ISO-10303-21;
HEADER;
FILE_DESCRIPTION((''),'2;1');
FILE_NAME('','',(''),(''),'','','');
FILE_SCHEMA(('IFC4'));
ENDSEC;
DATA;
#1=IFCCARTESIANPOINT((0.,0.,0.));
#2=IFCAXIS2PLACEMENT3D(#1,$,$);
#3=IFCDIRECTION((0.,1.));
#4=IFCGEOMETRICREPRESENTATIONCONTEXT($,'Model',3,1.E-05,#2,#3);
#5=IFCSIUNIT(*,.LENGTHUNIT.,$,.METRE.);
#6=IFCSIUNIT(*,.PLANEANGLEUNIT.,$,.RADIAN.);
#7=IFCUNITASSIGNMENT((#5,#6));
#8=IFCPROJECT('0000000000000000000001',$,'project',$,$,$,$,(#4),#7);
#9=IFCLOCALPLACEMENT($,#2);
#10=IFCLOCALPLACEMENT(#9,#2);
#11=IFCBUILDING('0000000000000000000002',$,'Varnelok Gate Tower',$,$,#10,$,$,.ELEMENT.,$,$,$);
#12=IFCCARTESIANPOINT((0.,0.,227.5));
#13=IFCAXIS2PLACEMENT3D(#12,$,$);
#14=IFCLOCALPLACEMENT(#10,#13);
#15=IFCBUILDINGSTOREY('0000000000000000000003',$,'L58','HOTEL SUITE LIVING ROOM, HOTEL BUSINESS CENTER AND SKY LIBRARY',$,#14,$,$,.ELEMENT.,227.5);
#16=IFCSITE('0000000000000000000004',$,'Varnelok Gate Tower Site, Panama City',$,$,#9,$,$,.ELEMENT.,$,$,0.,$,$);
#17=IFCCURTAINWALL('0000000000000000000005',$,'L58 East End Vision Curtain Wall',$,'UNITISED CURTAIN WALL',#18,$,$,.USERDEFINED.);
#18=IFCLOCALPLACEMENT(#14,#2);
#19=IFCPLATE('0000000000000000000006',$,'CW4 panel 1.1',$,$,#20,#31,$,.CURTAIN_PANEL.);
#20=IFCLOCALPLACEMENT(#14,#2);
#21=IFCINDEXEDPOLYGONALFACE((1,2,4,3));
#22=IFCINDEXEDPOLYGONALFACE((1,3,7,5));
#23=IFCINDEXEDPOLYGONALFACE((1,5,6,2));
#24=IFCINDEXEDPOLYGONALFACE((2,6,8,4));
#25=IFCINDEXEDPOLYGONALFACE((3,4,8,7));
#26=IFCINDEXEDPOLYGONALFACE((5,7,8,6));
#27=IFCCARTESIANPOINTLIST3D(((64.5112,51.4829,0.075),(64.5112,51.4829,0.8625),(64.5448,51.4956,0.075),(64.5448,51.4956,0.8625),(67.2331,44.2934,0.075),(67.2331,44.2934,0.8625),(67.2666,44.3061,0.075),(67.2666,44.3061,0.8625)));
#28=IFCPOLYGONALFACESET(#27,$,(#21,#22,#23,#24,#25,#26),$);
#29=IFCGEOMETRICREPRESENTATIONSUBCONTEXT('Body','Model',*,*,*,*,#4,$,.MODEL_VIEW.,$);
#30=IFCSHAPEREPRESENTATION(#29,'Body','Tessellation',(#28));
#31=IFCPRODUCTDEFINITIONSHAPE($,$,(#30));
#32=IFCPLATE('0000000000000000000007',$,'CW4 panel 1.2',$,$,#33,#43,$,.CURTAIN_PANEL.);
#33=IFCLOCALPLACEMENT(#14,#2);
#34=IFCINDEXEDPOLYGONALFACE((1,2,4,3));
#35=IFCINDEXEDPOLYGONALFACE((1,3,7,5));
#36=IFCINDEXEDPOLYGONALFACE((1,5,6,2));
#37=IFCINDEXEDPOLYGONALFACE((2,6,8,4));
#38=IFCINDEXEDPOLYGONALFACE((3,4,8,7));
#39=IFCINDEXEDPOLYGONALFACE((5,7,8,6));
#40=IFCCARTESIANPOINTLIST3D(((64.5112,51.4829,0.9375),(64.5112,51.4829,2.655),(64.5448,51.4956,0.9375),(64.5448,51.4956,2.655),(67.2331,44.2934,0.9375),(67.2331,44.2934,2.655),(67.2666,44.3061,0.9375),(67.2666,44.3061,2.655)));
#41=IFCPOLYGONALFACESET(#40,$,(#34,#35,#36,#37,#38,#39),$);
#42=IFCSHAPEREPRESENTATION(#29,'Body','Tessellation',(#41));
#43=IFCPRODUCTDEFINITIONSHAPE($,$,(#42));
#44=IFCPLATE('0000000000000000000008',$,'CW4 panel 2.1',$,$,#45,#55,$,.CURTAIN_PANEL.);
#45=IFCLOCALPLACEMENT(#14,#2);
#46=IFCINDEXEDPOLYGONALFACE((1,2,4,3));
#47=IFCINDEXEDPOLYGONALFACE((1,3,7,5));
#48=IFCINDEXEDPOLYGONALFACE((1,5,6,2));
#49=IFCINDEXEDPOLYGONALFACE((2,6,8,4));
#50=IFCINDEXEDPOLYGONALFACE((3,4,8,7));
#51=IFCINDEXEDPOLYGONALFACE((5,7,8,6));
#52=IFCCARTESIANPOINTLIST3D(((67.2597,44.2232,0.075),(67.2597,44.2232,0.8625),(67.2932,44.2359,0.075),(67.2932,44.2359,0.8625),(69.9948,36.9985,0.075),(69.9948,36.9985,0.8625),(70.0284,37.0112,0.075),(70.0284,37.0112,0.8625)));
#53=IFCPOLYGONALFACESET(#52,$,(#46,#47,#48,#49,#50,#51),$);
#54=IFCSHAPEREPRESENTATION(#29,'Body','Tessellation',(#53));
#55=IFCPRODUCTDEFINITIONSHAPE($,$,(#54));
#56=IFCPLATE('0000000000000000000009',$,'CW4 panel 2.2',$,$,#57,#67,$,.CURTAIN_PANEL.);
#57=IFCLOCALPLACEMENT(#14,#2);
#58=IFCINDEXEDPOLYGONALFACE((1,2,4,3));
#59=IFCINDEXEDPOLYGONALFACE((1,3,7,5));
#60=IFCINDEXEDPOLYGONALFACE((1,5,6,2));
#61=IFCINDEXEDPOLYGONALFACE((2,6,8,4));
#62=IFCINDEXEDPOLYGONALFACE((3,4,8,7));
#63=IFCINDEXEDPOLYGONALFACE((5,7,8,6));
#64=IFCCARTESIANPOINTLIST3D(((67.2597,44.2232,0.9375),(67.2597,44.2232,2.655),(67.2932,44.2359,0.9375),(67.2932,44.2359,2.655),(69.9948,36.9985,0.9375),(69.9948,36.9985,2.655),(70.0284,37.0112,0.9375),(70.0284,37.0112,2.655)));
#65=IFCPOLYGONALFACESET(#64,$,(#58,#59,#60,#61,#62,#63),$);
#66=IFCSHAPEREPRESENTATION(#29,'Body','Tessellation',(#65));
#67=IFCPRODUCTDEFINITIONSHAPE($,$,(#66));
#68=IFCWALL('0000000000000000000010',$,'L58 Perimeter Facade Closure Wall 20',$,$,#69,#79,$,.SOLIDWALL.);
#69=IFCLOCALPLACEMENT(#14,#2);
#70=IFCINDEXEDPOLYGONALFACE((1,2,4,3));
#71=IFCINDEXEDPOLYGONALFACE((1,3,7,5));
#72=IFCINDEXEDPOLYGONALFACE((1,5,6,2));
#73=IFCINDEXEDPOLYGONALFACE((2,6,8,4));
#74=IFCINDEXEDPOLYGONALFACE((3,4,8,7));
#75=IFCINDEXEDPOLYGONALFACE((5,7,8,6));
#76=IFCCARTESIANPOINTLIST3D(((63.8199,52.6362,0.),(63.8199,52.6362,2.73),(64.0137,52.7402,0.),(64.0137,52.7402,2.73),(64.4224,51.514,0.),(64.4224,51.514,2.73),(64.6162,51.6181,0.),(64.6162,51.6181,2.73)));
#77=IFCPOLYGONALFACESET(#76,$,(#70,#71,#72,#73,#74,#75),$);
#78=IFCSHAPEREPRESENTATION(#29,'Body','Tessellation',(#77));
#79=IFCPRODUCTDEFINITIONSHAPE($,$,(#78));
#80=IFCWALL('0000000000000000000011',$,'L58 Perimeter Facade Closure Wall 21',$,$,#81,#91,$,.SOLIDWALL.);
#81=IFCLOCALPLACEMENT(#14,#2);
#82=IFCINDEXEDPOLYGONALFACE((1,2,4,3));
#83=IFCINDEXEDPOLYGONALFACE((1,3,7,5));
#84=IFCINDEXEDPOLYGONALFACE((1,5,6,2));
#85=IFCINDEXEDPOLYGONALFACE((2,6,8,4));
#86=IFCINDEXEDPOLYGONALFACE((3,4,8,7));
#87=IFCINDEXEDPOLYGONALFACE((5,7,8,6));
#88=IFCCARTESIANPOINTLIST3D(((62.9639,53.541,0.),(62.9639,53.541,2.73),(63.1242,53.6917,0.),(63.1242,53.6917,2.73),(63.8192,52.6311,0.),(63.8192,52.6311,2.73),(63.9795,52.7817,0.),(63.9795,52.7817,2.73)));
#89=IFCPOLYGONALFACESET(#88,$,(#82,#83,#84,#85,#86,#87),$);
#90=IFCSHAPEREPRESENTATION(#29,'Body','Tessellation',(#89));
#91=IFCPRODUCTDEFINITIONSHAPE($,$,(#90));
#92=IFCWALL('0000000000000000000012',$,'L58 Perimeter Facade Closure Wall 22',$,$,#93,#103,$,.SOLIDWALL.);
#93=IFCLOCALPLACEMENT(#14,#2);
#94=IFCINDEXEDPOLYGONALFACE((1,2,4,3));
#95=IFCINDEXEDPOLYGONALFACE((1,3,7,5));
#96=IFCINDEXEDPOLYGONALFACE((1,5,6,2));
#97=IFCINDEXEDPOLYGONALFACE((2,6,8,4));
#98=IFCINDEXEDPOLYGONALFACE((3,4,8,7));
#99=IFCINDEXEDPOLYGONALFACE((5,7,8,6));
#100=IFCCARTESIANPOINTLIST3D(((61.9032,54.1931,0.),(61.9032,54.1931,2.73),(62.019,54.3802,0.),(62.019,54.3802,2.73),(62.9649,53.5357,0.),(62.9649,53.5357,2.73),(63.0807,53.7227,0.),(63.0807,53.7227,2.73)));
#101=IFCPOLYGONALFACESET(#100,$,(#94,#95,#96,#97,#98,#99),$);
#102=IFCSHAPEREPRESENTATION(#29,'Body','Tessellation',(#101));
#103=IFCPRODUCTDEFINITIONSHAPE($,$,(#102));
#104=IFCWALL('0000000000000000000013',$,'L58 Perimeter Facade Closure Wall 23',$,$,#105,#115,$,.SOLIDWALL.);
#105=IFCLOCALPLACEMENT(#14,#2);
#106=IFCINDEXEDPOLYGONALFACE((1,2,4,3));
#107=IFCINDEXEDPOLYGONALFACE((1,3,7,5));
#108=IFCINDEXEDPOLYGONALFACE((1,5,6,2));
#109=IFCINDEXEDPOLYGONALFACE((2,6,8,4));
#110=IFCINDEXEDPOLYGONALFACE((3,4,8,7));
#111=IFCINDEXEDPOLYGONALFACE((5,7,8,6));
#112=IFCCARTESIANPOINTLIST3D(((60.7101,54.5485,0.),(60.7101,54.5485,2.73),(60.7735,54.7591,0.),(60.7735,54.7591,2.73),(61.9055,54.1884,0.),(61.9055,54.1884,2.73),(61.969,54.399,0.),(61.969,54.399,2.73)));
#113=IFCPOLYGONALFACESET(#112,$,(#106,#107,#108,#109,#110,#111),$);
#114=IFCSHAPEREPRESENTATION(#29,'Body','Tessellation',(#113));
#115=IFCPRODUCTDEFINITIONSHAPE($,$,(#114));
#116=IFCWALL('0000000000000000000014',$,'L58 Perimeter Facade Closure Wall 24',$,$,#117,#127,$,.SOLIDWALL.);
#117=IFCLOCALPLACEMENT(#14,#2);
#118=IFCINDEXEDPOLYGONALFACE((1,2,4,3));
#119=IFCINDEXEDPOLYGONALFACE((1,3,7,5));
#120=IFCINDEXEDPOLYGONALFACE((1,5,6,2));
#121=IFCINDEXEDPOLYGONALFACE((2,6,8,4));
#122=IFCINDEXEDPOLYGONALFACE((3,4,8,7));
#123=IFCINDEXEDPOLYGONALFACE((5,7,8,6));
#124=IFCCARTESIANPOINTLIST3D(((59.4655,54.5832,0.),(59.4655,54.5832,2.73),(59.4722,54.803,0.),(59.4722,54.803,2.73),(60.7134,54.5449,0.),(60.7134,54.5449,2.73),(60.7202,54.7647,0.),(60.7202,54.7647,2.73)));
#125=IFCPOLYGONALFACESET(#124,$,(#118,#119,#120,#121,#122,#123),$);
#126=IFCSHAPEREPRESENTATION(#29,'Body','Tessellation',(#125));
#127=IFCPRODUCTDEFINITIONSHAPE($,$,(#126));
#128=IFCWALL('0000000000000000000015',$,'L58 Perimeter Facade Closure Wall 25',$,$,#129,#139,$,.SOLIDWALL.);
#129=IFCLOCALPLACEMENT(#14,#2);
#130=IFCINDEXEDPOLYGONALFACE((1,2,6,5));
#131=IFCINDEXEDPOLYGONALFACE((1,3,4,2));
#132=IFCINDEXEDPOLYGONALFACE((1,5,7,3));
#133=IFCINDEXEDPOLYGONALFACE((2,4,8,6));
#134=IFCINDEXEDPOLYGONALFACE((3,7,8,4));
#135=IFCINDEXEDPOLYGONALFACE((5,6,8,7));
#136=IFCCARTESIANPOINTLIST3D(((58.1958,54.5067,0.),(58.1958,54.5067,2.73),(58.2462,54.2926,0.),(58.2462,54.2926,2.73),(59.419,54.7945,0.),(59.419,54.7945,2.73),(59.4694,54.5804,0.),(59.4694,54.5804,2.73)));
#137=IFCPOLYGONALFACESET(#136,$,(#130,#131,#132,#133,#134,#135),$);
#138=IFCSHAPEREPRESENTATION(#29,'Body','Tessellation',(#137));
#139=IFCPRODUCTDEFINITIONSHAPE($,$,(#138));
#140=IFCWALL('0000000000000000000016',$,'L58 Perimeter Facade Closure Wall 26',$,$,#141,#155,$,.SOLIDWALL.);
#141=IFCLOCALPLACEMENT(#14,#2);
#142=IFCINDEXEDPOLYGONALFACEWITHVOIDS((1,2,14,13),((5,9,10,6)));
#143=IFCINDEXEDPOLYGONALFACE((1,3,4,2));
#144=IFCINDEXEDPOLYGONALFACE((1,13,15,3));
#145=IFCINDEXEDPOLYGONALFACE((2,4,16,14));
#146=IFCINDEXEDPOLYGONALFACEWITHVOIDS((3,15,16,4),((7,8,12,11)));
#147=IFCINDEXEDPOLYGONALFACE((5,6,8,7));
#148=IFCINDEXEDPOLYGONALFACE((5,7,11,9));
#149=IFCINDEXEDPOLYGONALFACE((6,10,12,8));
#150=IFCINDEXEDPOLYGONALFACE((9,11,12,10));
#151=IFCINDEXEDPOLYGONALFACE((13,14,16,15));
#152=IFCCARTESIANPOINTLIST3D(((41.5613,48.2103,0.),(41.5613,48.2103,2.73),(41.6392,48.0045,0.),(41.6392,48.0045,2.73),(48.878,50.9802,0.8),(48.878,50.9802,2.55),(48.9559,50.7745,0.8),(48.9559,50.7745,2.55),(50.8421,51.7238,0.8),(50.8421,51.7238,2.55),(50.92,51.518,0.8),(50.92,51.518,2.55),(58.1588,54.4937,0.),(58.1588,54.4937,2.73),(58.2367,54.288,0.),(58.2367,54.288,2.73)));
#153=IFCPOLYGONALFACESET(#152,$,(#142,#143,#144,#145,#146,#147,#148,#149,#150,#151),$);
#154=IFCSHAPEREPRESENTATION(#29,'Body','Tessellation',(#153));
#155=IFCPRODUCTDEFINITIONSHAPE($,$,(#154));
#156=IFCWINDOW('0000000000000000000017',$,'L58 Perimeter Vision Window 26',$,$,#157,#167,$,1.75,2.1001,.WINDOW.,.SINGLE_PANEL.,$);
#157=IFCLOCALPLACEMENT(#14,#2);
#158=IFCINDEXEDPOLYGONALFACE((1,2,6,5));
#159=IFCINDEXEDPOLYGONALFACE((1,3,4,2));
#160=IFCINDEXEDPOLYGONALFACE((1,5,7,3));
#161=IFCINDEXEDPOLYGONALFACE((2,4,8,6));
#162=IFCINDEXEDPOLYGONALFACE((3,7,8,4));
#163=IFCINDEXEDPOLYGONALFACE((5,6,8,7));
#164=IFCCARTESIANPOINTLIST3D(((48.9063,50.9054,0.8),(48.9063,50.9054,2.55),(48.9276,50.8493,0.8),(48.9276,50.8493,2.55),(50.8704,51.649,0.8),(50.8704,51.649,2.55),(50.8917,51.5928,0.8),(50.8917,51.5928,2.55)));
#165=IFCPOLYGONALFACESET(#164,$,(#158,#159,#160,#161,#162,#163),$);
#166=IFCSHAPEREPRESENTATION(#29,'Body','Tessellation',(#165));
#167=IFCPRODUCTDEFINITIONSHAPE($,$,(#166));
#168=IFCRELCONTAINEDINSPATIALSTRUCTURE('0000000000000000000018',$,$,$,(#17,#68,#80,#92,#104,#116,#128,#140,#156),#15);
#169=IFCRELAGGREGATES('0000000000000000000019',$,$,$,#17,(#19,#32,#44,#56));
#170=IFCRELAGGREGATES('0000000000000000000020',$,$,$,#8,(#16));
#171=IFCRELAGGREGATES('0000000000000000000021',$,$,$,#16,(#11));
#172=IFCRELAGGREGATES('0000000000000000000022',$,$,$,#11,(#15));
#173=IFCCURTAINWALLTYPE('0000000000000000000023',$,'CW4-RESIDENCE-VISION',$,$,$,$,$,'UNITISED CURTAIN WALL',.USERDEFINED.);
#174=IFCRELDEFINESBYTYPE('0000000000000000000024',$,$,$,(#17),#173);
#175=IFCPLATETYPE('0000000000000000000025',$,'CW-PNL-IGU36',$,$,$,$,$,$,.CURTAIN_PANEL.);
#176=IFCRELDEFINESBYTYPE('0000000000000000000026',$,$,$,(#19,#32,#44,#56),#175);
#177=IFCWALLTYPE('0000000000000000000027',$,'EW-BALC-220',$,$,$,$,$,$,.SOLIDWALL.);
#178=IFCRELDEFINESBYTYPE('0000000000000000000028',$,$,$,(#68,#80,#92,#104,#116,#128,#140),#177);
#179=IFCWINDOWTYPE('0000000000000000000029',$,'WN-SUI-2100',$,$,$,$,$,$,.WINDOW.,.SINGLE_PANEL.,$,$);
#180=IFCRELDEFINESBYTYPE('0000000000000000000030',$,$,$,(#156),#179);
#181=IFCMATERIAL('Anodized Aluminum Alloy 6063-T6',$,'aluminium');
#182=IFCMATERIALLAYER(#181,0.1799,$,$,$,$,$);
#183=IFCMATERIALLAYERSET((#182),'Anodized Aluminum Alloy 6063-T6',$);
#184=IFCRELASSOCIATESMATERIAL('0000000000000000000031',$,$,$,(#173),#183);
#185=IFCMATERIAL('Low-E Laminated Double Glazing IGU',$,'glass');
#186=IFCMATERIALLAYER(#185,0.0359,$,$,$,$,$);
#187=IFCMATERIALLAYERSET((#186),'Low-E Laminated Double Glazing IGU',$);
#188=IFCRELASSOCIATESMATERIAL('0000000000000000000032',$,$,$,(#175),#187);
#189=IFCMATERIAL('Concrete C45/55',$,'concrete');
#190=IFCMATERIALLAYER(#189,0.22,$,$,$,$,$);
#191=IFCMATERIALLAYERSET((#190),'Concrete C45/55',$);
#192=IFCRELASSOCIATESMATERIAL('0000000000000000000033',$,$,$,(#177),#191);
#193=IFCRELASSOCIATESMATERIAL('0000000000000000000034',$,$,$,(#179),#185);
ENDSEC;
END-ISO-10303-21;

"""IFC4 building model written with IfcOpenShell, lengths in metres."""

from ifc_helpers import new_model, si_unit, direction, frame, frame_2d, origin, origin_2d, place, context, subcontext, project, spatial, rectangle, extrude, source, transform, mapped, material, layer, layer_set, type_object, element, fill, aggregate, save


model = new_model("IFC4")

# Units and contexts
model_context = context("Model", 3, precision=1e-05, world=origin(), true_north=direction((0.0, 1.0)))
body_context = subcontext(model_context, "Body", "Model", "MODEL_VIEW")
ifc_project = project(units=[si_unit("LENGTHUNIT", "METRE"), si_unit("PLANEANGLEUNIT", "RADIAN")], contexts=[model_context])

# Site, building, storey
site_placement = place(None, origin())
site = spatial("IfcSite", under=ifc_project, at=site_placement, Name="Varnelok Gate Tower Site, Panama City", CompositionType="ELEMENT", RefElevation=0.0)
building_placement = place(site_placement, origin())
building = spatial("IfcBuilding", under=site, at=building_placement, Name="Varnelok Gate Tower", CompositionType="ELEMENT")
storey_placement = place(building_placement, frame((0.0, 0.0, 227.5)))
storey = spatial("IfcBuildingStorey", under=building, at=storey_placement, Name="L58", Description="HOTEL SUITE LIVING ROOM, HOTEL BUSINESS CENTER AND SKY LIBRARY", CompositionType="ELEMENT", Elevation=227.5)

# Curtain wall, plates
ifc_material_1 = material(Name="Anodized Aluminum Alloy 6063-T6", Category="aluminium")
ifc_layer_1 = layer(ifc_material_1, 0.1799)
ifc_layer_set_1 = layer_set([ifc_layer_1], Name="Anodized Aluminum Alloy 6063-T6")
curtain_wall_type = type_object("IfcCurtainWallType", Name="CW4-RESIDENCE-VISION", ElementType="UNITISED CURTAIN WALL", PredefinedType="USERDEFINED", material=ifc_layer_set_1)
curtain_wall_placement = place(storey_placement, origin())
curtain_wall = element("IfcCurtainWall", 1, at=curtain_wall_placement, inside=storey, type_object=curtain_wall_type, Name="L58 East End Vision Curtain Wall", ObjectType="UNITISED CURTAIN WALL", PredefinedType="USERDEFINED")
ifc_material_2 = material(Name="Low-E Laminated Double Glazing IGU", Category="glass")
ifc_layer_2 = layer(ifc_material_2, 0.0359)
ifc_layer_set_2 = layer_set([ifc_layer_2], Name="Low-E Laminated Double Glazing IGU")
plate_type = type_object("IfcPlateType", Name="CW-PNL-IGU36", PredefinedType="CURTAIN_PANEL", material=ifc_layer_set_2)
shared_shape_1 = source(origin(), body_context, "Body", "SweptSolid", [
    extrude(rectangle(XDim=7.6875, YDim=0.0359, at=origin_2d()), origin(), (0.0, 0.0, 1.0), 0.7876),
])
plate_1_placement = place(storey_placement, frame((65.8889, 47.8945, 0.075), z_axis=(0.0, 0.0, 1.0), x_axis=(0.354063, -0.935222, 0.0)))
plate_1 = element("IfcPlate", 2, at=plate_1_placement, type_object=plate_type, Name="CW4 panel 1.1", PredefinedType="CURTAIN_PANEL", context=body_context, shape_type="MappedRepresentation", body=[
    mapped(shared_shape_1, transform((0.0, 0.0, 0.0), scale=1.0)),
])
shared_shape_2 = source(origin(), body_context, "Body", "SweptSolid", [
    extrude(rectangle(XDim=7.6875, YDim=0.0359, at=origin_2d()), origin(), (0.0, 0.0, 1.0), 1.7175),
])
plate_2_placement = place(storey_placement, frame((65.8889, 47.8945, 0.9375), z_axis=(0.0, 0.0, 1.0), x_axis=(0.354063, -0.935222, 0.0)))
plate_2 = element("IfcPlate", 3, at=plate_2_placement, type_object=plate_type, Name="CW4 panel 1.2", PredefinedType="CURTAIN_PANEL", context=body_context, shape_type="MappedRepresentation", body=[
    mapped(shared_shape_2, transform((0.0, 0.0, 0.0), scale=1.0)),
])
shared_shape_3 = source(origin(), body_context, "Body", "SweptSolid", [
    extrude(rectangle(XDim=7.7251, YDim=0.0359, at=origin_2d()), origin(), (0.0, 0.0, 1.0), 0.7876),
])
plate_3_placement = place(storey_placement, frame((68.644, 40.6172, 0.075), z_axis=(0.0, 0.0, 1.0), x_axis=(0.354063, -0.935222, 0.0)))
plate_3 = element("IfcPlate", 4, at=plate_3_placement, type_object=plate_type, Name="CW4 panel 2.1", PredefinedType="CURTAIN_PANEL", context=body_context, shape_type="MappedRepresentation", body=[
    mapped(shared_shape_3, transform((0.0, 0.0, 0.0), scale=1.0)),
])
shared_shape_4 = source(origin(), body_context, "Body", "SweptSolid", [
    extrude(rectangle(XDim=7.7251, YDim=0.0359, at=origin_2d()), origin(), (0.0, 0.0, 1.0), 1.7175),
])
plate_4_placement = place(storey_placement, frame((68.644, 40.6172, 0.9375), z_axis=(0.0, 0.0, 1.0), x_axis=(0.354063, -0.935222, 0.0)))
plate_4 = element("IfcPlate", 5, at=plate_4_placement, type_object=plate_type, Name="CW4 panel 2.2", PredefinedType="CURTAIN_PANEL", context=body_context, shape_type="MappedRepresentation", body=[
    mapped(shared_shape_4, transform((0.0, 0.0, 0.0), scale=1.0)),
])
aggregate(curtain_wall, [plate_1, plate_2, plate_3, plate_4])

# Walls
ifc_material_3 = material(Name="Concrete C45/55", Category="concrete")
ifc_layer_3 = layer(ifc_material_3, 0.22)
ifc_layer_set_3 = layer_set([ifc_layer_3], Name="Concrete C45/55")
wall_type = type_object("IfcWallType", Name="EW-BALC-220", PredefinedType="SOLIDWALL", material=ifc_layer_set_3)
wall_1_placement = place(storey_placement, frame((64.5193, 51.5662, 0.0), z_axis=(0.0, 0.0, 1.0), x_axis=(-0.473094, 0.881012, 0.0)))
element("IfcWall", 6, at=wall_1_placement, inside=storey, type_object=wall_type, Name="L58 Perimeter Facade Closure Wall 20", PredefinedType="SOLIDWALL", context=body_context, shape_type="SweptSolid", body=[
    extrude(rectangle(XDim=1.2737, YDim=0.22, at=frame_2d((0.6367, 0.0))), origin(), (0.0, 0.0, 1.0), 2.73),
])
for number, where, z_axis, x_axis, name in (
    (7, (63.8994, 52.7063, 0.0), (0.0, 0.0, 1.0), (-0.684871, 0.728665, 0.0), "L58 Perimeter Facade Closure Wall 21"),
    (8, (63.0229, 53.6292, 0.0), (0.0, 0.0, 1.0), (-0.850198, 0.526462, 0.0), "L58 Perimeter Facade Closure Wall 22"),
):
    element("IfcWall", number, at=place(storey_placement, frame(where, z_axis=z_axis, x_axis=x_axis)), inside=storey, type_object=wall_type, Name=name, PredefinedType="SOLIDWALL", context=body_context, shape_type="SweptSolid", body=[
        extrude(rectangle(XDim=1.2488, YDim=0.22, at=frame_2d((0.6245, 0.0))), origin(), (0.0, 0.0, 1.0), 2.73),
    ])
for number, where, z_axis, x_axis, name in (
    (9, (61.9373, 54.2937, 0.0), (0.0, 0.0, 1.0), (-0.957508, 0.288406, 0.0), "L58 Perimeter Facade Closure Wall 23"),
    (10, (60.7168, 54.6548, 0.0), (0.0, 0.0, 1.0), (-0.999529, 0.030698, 0.0), "L58 Perimeter Facade Closure Wall 24"),
):
    element("IfcWall", number, at=place(storey_placement, frame(where, z_axis=z_axis, x_axis=x_axis)), inside=storey, type_object=wall_type, Name=name, PredefinedType="SOLIDWALL", context=body_context, shape_type="SweptSolid", body=[
        extrude(rectangle(XDim=1.2485, YDim=0.22, at=frame_2d((0.6243, 0.0))), origin(), (0.0, 0.0, 1.0), 2.73),
    ])
wall_2_placement = place(storey_placement, frame((59.4443, 54.6875, 0.0), z_axis=(0.0, 0.0, 1.0), x_axis=(-0.97341, -0.229072, 0.0)))
element("IfcWall", 11, at=wall_2_placement, inside=storey, type_object=wall_type, Name="L58 Perimeter Facade Closure Wall 25", PredefinedType="SOLIDWALL", context=body_context, shape_type="SweptSolid", body=[
    extrude(rectangle(XDim=1.2566, YDim=0.22, at=frame_2d((0.6284, 0.0))), origin(), (0.0, 0.0, 1.0), 2.73),
])

# Wall, opening, window
wall_3_placement = place(storey_placement, frame((58.1978, 54.3909, 0.0), z_axis=(0.0, 0.0, 1.0), x_axis=(-0.935224, -0.354057, 0.0)))
wall_3 = element("IfcWall", 12, at=wall_3_placement, inside=storey, type_object=wall_type, Name="L58 Perimeter Facade Closure Wall 26", PredefinedType="SOLIDWALL", context=body_context, shape_type="SweptSolid", body=[
    extrude(rectangle(XDim=17.7471, YDim=0.22, at=frame_2d((8.8735, 0.0))), origin(), (0.0, 0.0, 1.0), 2.73),
])
opening_placement = place(wall_3_placement, frame((7.8235, 0.0, 0.8)))
opening = element("IfcOpeningElement", 13, at=opening_placement, cuts=wall_3, PredefinedType="OPENING", context=body_context, shape_type="SweptSolid", body=[
    extrude(rectangle(XDim=2.1001, YDim=1.75, at=frame_2d((1.05, 0.875))), frame((0.0, 0.1199, 0.0), z_axis=(0.0, -1.0, 0.0), x_axis=(1.0, 0.0, 0.0)), (0.0, 0.0, 1.0), 0.24),
])
window_type = type_object("IfcWindowType", Name="WN-SUI-2100", PartitioningType="SINGLE_PANEL", PredefinedType="WINDOW", material=ifc_material_2)
window_placement = place(opening_placement, origin())
window = element("IfcWindow", 14, at=window_placement, inside=storey, type_object=window_type, Name="L58 Perimeter Vision Window 26", OverallHeight=1.75, OverallWidth=2.1001, PartitioningType="SINGLE_PANEL", PredefinedType="WINDOW", context=body_context, shape_type="SweptSolid", body=[
    extrude(rectangle(XDim=2.1001, YDim=1.75, at=frame_2d((1.05, 0.875))), frame((0.0, 0.03, 0.0), z_axis=(0.0, -1.0, 0.0), x_axis=(1.0, 0.0, 0.0)), (0.0, 0.0, 1.0), 0.0601),
])
fill(opening, window)

save(model, "model.ifc")
